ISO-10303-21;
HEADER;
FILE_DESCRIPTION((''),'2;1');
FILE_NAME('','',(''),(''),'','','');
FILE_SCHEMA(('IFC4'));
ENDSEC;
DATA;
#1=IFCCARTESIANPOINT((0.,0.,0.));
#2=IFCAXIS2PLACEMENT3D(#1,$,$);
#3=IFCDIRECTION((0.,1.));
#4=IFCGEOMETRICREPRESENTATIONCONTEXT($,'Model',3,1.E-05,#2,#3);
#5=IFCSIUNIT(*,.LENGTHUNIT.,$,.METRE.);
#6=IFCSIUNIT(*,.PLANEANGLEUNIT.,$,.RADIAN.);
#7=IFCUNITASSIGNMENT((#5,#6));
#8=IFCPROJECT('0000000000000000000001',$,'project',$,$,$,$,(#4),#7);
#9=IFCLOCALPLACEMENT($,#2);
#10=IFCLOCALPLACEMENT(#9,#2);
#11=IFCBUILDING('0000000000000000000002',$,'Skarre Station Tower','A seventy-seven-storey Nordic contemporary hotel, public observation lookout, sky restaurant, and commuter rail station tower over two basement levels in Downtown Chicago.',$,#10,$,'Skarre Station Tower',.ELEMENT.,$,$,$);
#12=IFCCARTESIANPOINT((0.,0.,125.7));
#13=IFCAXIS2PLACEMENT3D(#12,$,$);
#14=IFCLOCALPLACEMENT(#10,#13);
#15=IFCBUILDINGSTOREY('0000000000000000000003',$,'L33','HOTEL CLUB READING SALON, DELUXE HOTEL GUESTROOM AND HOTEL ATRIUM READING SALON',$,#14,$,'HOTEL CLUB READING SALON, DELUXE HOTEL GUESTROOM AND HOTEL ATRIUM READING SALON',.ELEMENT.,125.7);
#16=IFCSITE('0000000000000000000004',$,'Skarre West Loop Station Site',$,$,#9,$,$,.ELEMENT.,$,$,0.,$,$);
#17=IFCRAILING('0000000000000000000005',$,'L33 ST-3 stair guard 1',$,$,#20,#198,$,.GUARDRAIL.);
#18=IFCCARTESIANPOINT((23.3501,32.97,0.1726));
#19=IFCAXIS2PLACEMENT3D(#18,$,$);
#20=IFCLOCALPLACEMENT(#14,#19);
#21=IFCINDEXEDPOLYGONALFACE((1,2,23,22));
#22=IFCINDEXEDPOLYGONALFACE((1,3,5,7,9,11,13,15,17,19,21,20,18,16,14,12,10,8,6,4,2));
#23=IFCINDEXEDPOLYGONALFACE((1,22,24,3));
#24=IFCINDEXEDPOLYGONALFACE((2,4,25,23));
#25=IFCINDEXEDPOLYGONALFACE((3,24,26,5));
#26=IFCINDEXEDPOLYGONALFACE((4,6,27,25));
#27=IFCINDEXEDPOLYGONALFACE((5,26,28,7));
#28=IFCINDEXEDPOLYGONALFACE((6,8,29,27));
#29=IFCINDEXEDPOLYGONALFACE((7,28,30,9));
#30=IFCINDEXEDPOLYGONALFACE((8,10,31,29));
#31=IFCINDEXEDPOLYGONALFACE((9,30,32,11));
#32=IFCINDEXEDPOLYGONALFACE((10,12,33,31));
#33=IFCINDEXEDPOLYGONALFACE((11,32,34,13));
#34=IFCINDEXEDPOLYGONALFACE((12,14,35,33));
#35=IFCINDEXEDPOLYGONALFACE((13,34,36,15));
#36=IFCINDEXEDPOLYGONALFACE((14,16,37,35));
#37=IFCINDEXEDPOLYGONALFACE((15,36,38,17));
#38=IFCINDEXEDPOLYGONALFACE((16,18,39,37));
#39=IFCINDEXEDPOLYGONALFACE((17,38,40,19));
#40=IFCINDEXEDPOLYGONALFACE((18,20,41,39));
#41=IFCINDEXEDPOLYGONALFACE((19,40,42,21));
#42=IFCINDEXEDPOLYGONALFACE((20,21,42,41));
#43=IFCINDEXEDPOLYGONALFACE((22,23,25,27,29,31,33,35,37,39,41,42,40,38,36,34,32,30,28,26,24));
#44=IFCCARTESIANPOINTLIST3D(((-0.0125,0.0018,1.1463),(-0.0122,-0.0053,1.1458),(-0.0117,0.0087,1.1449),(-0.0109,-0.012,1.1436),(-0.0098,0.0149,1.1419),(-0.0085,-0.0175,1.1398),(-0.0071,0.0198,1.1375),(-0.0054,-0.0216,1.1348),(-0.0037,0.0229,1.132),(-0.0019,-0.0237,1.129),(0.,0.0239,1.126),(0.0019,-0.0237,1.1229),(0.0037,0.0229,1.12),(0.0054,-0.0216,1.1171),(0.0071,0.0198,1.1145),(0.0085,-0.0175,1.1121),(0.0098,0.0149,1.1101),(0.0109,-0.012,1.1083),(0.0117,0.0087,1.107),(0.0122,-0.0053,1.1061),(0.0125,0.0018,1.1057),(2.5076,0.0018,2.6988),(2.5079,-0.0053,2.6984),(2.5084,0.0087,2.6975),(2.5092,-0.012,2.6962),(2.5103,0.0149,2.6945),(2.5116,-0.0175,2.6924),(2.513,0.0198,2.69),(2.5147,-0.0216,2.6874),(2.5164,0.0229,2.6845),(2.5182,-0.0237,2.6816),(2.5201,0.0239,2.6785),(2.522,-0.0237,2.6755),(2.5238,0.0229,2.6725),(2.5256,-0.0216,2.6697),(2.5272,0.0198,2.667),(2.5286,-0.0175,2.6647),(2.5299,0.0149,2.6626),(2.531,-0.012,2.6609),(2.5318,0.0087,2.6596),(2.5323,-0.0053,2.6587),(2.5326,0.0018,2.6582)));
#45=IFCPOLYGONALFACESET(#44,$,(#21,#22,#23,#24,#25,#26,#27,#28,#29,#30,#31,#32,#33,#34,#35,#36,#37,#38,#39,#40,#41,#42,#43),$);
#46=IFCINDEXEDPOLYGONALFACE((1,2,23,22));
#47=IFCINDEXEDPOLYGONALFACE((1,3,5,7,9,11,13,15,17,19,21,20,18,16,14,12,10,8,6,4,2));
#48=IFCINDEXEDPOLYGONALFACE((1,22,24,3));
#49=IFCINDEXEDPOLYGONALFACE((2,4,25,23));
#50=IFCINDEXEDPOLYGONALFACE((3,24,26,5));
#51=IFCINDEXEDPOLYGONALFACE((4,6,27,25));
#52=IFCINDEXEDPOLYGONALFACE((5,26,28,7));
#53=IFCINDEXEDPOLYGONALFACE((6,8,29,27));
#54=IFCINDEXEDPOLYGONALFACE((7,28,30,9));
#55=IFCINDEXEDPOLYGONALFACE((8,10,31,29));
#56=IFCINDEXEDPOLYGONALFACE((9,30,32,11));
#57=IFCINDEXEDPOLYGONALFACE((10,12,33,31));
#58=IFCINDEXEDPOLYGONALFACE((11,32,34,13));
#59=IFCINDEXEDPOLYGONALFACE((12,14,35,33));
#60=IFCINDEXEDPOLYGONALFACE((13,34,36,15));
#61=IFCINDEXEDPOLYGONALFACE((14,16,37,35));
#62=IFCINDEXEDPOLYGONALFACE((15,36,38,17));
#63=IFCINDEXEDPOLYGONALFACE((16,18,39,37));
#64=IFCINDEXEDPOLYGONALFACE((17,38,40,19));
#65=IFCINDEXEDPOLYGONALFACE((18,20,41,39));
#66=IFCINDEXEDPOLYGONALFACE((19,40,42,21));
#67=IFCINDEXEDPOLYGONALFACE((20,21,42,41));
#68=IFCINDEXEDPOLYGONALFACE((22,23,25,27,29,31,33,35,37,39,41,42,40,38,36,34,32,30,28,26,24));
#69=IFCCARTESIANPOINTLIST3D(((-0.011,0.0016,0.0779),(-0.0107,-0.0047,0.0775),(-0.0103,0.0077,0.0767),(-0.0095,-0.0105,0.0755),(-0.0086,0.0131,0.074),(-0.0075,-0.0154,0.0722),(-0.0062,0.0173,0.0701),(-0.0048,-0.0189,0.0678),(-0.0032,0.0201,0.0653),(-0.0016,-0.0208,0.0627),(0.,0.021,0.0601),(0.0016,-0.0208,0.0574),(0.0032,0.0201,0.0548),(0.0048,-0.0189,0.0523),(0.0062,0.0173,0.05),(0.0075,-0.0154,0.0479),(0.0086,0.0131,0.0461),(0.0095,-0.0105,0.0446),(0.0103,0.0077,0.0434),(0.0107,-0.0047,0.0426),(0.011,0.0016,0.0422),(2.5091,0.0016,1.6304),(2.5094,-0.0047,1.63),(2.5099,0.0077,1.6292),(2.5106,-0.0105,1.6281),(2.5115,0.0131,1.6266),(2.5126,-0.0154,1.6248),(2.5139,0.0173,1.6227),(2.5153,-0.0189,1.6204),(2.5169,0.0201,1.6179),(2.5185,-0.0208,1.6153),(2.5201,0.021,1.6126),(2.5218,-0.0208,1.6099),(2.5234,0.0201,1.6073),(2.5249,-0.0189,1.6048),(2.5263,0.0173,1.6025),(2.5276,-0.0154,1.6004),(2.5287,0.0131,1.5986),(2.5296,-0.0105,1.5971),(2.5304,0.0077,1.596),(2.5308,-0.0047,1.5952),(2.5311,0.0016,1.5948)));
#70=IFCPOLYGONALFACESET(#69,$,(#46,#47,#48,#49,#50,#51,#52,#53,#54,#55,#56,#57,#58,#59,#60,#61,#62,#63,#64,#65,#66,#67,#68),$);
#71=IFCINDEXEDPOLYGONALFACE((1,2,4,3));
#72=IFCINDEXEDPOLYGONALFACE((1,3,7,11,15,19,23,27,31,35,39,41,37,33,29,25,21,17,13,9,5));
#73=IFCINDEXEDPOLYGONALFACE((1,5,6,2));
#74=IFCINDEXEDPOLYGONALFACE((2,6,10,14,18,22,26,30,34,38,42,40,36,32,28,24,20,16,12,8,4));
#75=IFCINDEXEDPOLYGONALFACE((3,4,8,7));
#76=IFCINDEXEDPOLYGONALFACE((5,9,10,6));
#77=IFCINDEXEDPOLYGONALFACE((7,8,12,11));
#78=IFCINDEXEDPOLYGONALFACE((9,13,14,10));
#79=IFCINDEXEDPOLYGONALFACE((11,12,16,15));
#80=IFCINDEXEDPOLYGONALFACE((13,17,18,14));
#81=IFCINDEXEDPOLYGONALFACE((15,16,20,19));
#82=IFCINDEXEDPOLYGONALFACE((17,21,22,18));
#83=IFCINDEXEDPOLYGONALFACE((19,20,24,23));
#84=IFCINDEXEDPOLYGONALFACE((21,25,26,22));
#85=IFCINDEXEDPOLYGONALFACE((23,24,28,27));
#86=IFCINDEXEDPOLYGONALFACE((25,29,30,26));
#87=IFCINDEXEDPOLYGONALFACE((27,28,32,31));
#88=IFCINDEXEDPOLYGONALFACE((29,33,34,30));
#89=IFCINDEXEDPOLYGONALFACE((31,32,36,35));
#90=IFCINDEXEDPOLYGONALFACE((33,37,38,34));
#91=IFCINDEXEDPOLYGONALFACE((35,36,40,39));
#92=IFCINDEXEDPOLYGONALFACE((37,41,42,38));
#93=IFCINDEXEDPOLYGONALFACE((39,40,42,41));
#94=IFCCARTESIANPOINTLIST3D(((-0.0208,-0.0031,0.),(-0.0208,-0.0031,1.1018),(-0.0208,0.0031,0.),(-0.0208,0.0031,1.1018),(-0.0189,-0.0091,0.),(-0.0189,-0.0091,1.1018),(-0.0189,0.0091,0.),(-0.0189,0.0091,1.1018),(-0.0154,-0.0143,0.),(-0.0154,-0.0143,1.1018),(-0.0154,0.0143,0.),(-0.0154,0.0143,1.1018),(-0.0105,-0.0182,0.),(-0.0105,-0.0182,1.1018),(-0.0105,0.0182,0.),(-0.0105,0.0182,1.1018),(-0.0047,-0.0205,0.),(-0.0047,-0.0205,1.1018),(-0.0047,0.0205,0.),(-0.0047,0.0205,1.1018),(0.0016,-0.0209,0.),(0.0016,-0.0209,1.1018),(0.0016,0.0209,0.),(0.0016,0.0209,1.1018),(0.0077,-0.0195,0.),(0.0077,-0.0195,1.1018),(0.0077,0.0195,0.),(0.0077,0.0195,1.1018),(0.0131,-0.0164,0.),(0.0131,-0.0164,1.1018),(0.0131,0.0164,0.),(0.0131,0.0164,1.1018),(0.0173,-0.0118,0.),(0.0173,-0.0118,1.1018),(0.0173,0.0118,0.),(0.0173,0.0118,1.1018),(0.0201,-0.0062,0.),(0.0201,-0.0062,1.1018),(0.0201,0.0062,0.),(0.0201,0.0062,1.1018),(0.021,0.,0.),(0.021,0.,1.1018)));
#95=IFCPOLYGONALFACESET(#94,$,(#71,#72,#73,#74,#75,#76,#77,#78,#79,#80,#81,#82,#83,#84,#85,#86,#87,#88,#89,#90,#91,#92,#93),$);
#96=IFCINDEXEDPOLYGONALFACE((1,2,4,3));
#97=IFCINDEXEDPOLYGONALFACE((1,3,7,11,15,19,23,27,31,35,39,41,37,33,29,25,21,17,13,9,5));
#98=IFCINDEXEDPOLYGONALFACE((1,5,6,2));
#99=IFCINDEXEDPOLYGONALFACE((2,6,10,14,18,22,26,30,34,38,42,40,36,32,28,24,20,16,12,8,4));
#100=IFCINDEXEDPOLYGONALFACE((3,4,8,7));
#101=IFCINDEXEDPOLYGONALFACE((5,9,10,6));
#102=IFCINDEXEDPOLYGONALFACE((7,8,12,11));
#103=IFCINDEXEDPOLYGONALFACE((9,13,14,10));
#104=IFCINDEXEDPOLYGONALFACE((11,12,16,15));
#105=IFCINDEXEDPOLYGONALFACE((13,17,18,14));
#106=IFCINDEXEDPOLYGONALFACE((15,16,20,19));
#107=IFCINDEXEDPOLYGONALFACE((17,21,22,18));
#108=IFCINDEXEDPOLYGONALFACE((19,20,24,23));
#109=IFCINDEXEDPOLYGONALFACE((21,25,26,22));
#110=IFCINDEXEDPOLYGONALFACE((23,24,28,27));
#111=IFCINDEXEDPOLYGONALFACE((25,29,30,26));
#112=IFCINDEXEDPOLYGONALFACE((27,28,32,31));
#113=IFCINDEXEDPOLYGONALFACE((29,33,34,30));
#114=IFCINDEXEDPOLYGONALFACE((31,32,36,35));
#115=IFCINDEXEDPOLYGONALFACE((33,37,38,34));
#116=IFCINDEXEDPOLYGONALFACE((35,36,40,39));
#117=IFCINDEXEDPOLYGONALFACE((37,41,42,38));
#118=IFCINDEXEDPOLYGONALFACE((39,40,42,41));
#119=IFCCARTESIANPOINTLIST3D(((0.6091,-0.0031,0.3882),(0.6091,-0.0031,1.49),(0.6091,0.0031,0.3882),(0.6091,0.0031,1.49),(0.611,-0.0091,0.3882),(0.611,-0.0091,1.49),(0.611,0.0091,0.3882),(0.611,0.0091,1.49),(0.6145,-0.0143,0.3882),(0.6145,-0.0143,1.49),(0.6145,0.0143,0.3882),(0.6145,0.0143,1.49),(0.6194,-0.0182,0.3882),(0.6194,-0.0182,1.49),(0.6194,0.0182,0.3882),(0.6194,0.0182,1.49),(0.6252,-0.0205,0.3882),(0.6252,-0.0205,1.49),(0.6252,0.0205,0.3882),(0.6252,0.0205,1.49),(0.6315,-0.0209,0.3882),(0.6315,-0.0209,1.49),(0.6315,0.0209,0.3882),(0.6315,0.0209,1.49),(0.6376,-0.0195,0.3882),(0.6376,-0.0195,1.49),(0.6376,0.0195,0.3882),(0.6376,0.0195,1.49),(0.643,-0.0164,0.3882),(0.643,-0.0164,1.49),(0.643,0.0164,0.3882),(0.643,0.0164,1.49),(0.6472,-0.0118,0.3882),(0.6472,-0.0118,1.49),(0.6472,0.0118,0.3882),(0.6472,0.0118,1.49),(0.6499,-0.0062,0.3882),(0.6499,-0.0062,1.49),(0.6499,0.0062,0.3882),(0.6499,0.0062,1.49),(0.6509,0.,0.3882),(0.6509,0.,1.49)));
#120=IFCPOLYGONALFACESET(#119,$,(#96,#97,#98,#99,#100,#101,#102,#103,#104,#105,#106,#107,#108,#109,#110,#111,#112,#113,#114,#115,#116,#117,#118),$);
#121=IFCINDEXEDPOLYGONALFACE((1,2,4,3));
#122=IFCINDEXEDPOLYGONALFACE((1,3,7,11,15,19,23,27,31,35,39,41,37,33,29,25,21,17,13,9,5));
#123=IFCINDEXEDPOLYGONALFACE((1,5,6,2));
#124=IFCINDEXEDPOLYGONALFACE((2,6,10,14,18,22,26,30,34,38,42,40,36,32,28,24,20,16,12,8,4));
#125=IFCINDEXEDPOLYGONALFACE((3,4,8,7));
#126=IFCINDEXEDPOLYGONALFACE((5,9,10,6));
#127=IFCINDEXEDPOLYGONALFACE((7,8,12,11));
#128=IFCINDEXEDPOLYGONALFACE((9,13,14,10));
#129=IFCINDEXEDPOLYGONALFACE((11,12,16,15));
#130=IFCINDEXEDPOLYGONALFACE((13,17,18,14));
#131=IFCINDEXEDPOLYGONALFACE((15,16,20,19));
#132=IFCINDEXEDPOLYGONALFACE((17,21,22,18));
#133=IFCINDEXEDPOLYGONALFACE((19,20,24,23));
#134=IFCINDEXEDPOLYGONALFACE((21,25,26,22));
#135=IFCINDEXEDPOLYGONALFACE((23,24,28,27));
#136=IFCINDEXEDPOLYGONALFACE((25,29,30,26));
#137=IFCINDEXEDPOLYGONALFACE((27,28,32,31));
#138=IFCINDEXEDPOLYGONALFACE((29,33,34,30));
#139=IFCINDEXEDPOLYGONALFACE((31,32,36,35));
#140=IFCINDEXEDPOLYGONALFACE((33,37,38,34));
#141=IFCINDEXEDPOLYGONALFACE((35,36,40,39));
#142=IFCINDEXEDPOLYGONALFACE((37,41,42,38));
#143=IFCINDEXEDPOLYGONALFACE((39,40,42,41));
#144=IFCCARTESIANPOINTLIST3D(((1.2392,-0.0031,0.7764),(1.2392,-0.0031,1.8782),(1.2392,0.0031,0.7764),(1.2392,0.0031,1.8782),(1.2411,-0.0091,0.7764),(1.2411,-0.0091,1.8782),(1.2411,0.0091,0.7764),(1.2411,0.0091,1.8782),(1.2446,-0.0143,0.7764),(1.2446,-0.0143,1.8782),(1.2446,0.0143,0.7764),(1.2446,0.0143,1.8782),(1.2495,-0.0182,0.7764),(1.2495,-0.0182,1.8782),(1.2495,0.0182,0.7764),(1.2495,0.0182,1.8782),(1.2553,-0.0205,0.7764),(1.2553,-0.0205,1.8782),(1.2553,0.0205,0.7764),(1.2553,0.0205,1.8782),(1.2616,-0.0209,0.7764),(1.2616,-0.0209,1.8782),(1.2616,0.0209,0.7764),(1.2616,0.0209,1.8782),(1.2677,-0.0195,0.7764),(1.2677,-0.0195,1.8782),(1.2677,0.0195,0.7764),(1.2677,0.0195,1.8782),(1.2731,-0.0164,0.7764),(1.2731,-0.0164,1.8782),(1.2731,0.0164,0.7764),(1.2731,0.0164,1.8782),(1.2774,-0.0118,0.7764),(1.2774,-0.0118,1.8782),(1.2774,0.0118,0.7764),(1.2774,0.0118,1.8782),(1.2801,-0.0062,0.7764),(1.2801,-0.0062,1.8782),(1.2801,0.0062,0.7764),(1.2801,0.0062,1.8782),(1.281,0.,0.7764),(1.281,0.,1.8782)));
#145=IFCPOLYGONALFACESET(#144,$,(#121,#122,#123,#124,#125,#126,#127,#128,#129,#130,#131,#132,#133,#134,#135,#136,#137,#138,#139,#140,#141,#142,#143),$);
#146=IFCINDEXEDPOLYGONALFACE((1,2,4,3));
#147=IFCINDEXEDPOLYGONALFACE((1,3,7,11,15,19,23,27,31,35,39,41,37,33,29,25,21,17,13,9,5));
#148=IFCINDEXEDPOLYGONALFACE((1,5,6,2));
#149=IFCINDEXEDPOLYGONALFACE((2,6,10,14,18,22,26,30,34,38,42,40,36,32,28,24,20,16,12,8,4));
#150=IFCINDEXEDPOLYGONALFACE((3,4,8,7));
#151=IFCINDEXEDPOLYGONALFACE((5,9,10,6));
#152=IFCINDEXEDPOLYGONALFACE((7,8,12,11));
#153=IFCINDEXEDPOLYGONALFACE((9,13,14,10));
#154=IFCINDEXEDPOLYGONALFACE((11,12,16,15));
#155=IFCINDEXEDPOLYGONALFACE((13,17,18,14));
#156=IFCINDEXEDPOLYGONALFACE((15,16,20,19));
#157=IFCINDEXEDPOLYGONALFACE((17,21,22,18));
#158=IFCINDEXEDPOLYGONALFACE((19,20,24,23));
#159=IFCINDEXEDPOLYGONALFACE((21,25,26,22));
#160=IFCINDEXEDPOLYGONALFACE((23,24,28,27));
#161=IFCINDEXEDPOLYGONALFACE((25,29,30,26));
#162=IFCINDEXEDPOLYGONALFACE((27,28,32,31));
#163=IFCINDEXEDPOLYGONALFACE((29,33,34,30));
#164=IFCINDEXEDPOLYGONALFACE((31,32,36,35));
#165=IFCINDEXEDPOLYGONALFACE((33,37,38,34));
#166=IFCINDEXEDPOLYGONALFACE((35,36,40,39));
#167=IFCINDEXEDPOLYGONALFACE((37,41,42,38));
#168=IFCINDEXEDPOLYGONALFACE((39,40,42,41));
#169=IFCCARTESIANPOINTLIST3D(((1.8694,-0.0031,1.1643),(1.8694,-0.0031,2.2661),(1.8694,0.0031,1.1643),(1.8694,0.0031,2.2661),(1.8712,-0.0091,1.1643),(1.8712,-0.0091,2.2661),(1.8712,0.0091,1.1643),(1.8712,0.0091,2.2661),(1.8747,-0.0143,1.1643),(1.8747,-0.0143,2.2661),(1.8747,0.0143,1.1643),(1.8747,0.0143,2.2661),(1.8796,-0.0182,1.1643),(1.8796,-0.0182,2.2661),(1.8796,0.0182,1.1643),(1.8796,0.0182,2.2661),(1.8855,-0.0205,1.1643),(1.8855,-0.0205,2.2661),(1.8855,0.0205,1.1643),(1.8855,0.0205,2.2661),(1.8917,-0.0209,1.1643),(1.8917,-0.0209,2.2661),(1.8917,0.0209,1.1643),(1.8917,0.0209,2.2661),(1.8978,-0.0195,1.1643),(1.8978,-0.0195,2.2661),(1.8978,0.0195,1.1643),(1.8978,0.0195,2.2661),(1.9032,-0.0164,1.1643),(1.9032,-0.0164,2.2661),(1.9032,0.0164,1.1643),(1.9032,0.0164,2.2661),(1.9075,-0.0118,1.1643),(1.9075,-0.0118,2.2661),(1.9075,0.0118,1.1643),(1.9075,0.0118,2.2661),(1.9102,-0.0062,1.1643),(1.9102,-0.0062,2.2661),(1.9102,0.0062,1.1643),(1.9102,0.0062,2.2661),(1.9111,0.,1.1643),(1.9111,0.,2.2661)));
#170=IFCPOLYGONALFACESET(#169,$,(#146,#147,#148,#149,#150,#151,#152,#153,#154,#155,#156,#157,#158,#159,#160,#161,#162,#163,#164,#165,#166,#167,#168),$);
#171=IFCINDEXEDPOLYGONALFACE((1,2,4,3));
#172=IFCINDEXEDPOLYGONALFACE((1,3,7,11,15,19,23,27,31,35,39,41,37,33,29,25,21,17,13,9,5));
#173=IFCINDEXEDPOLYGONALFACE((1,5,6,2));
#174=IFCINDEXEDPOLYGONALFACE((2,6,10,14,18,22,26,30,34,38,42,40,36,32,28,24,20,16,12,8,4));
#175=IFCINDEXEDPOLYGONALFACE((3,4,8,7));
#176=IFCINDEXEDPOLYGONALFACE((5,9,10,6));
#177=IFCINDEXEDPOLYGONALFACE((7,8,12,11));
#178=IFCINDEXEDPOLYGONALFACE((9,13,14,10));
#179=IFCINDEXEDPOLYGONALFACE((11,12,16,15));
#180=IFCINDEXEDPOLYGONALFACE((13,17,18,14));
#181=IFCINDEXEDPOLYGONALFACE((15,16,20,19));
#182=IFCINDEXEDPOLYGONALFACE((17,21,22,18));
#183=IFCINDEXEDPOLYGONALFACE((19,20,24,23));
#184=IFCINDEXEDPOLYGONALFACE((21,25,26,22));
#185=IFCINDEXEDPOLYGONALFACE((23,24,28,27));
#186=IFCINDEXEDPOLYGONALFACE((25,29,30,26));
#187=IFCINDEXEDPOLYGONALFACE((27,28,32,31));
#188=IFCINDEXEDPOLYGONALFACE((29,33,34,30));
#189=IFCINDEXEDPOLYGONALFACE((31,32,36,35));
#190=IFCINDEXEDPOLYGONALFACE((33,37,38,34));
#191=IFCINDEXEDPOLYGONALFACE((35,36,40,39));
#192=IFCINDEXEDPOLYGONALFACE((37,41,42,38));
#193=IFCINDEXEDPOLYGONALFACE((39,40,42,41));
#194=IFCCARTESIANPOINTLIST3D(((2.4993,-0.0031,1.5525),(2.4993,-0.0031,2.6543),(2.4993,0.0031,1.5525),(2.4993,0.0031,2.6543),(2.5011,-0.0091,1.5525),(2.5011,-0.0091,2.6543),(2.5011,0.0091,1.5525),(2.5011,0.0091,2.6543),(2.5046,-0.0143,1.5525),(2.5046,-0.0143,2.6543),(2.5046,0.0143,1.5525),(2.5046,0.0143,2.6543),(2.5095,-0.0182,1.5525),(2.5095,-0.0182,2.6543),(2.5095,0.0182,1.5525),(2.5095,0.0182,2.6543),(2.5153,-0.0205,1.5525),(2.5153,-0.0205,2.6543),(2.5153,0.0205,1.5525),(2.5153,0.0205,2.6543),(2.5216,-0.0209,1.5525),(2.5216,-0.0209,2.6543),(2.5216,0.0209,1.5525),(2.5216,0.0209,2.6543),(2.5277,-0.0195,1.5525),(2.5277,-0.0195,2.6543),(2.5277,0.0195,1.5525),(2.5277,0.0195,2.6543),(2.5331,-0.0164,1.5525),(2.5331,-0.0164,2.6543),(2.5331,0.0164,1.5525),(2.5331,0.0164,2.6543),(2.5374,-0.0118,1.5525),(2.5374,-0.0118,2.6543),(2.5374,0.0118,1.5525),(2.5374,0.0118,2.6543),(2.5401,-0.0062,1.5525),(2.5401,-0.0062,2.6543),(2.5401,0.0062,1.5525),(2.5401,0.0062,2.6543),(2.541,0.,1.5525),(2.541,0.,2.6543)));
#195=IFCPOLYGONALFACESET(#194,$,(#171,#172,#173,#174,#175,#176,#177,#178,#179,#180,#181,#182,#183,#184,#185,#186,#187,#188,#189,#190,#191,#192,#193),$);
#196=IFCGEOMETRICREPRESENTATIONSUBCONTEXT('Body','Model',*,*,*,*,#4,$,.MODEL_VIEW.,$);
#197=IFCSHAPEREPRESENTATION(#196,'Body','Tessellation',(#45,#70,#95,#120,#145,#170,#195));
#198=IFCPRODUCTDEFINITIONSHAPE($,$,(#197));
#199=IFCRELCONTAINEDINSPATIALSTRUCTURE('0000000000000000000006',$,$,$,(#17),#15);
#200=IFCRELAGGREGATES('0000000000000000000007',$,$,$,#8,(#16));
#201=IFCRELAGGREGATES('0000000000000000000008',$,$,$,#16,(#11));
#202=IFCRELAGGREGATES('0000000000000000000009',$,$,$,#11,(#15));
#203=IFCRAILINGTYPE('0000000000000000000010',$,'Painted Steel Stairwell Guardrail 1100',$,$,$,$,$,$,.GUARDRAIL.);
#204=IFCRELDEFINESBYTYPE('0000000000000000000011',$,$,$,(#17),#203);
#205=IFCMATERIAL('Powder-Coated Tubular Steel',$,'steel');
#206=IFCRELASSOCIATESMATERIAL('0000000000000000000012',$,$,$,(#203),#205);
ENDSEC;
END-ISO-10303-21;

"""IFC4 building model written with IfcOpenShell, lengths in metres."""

from ifc_helpers import new_model, si_unit, direction, frame, origin, origin_2d, place, context, subcontext, project, spatial, circle, extrude, material, type_object, element, save


model = new_model("IFC4")

# Units and contexts
model_context = context("Model", 3, precision=1e-05, world=origin(), true_north=direction((0.0, 1.0)))
body_context = subcontext(model_context, "Body", "Model", "MODEL_VIEW")
ifc_project = project(units=[si_unit("LENGTHUNIT", "METRE"), si_unit("PLANEANGLEUNIT", "RADIAN")], contexts=[model_context])

# Site, building, storey
site_placement = place(None, origin())
site = spatial("IfcSite", under=ifc_project, at=site_placement, Name="Skarre West Loop Station Site", CompositionType="ELEMENT", RefElevation=0.0)
building_placement = place(site_placement, origin())
building = spatial("IfcBuilding", under=site, at=building_placement, Name="Skarre Station Tower", Description="A seventy-seven-storey Nordic contemporary hotel, public observation lookout, sky restaurant, and commuter rail station tower over two basement levels in Downtown Chicago.", LongName="Skarre Station Tower", CompositionType="ELEMENT")
storey_placement = place(building_placement, frame((0.0, 0.0, 125.7)))
storey = spatial("IfcBuildingStorey", under=building, at=storey_placement, Name="L33", Description="HOTEL CLUB READING SALON, DELUXE HOTEL GUESTROOM AND HOTEL ATRIUM READING SALON", LongName="HOTEL CLUB READING SALON, DELUXE HOTEL GUESTROOM AND HOTEL ATRIUM READING SALON", CompositionType="ELEMENT", Elevation=125.7)

# Railing
ifc_material_1 = material(Name="Powder-Coated Tubular Steel", Category="steel")
railing_type_1 = type_object("IfcRailingType", Name="Painted Steel Stairwell Guardrail 1100", PredefinedType="GUARDRAIL", material=ifc_material_1)
railing_1_placement = place(storey_placement, frame((23.3501, 32.97, 0.1726)))
element("IfcRailing", 1, at=railing_1_placement, inside=storey, type_object=railing_type_1, Name="L33 ST-3 stair guard 1", PredefinedType="GUARDRAIL", context=body_context, shape_type="SweptSolid", body=[
    extrude(circle(Radius=0.0239, at=origin_2d()), frame((0.0, 0.0, 1.126), z_axis=(0.8514, 0.0, 0.524516), x_axis=(0.0, 1.0, 0.0)), (0.0, 0.0, 1.0), 2.96),
    extrude(circle(Radius=0.021, at=origin_2d()), frame((0.0, 0.0, 0.0601), z_axis=(0.8514, 0.0, 0.524516), x_axis=(0.0, 1.0, 0.0)), (0.0, 0.0, 1.0), 2.96),
    extrude(circle(Radius=0.021, at=origin_2d()), origin(), (0.0, 0.0, 1.0), 1.1018),
    extrude(circle(Radius=0.021, at=origin_2d()), frame((0.6299, 0.0, 0.3882)), (0.0, 0.0, 1.0), 1.1018),
    extrude(circle(Radius=0.021, at=origin_2d()), frame((1.26, 0.0, 0.7764)), (0.0, 0.0, 1.0), 1.1018),
    extrude(circle(Radius=0.021, at=origin_2d()), frame((1.8901, 0.0, 1.1643)), (0.0, 0.0, 1.0), 1.1018),
    extrude(circle(Radius=0.021, at=origin_2d()), frame((2.52, 0.0, 1.5525)), (0.0, 0.0, 1.0), 1.1018),
])

save(model, "model.ifc")
